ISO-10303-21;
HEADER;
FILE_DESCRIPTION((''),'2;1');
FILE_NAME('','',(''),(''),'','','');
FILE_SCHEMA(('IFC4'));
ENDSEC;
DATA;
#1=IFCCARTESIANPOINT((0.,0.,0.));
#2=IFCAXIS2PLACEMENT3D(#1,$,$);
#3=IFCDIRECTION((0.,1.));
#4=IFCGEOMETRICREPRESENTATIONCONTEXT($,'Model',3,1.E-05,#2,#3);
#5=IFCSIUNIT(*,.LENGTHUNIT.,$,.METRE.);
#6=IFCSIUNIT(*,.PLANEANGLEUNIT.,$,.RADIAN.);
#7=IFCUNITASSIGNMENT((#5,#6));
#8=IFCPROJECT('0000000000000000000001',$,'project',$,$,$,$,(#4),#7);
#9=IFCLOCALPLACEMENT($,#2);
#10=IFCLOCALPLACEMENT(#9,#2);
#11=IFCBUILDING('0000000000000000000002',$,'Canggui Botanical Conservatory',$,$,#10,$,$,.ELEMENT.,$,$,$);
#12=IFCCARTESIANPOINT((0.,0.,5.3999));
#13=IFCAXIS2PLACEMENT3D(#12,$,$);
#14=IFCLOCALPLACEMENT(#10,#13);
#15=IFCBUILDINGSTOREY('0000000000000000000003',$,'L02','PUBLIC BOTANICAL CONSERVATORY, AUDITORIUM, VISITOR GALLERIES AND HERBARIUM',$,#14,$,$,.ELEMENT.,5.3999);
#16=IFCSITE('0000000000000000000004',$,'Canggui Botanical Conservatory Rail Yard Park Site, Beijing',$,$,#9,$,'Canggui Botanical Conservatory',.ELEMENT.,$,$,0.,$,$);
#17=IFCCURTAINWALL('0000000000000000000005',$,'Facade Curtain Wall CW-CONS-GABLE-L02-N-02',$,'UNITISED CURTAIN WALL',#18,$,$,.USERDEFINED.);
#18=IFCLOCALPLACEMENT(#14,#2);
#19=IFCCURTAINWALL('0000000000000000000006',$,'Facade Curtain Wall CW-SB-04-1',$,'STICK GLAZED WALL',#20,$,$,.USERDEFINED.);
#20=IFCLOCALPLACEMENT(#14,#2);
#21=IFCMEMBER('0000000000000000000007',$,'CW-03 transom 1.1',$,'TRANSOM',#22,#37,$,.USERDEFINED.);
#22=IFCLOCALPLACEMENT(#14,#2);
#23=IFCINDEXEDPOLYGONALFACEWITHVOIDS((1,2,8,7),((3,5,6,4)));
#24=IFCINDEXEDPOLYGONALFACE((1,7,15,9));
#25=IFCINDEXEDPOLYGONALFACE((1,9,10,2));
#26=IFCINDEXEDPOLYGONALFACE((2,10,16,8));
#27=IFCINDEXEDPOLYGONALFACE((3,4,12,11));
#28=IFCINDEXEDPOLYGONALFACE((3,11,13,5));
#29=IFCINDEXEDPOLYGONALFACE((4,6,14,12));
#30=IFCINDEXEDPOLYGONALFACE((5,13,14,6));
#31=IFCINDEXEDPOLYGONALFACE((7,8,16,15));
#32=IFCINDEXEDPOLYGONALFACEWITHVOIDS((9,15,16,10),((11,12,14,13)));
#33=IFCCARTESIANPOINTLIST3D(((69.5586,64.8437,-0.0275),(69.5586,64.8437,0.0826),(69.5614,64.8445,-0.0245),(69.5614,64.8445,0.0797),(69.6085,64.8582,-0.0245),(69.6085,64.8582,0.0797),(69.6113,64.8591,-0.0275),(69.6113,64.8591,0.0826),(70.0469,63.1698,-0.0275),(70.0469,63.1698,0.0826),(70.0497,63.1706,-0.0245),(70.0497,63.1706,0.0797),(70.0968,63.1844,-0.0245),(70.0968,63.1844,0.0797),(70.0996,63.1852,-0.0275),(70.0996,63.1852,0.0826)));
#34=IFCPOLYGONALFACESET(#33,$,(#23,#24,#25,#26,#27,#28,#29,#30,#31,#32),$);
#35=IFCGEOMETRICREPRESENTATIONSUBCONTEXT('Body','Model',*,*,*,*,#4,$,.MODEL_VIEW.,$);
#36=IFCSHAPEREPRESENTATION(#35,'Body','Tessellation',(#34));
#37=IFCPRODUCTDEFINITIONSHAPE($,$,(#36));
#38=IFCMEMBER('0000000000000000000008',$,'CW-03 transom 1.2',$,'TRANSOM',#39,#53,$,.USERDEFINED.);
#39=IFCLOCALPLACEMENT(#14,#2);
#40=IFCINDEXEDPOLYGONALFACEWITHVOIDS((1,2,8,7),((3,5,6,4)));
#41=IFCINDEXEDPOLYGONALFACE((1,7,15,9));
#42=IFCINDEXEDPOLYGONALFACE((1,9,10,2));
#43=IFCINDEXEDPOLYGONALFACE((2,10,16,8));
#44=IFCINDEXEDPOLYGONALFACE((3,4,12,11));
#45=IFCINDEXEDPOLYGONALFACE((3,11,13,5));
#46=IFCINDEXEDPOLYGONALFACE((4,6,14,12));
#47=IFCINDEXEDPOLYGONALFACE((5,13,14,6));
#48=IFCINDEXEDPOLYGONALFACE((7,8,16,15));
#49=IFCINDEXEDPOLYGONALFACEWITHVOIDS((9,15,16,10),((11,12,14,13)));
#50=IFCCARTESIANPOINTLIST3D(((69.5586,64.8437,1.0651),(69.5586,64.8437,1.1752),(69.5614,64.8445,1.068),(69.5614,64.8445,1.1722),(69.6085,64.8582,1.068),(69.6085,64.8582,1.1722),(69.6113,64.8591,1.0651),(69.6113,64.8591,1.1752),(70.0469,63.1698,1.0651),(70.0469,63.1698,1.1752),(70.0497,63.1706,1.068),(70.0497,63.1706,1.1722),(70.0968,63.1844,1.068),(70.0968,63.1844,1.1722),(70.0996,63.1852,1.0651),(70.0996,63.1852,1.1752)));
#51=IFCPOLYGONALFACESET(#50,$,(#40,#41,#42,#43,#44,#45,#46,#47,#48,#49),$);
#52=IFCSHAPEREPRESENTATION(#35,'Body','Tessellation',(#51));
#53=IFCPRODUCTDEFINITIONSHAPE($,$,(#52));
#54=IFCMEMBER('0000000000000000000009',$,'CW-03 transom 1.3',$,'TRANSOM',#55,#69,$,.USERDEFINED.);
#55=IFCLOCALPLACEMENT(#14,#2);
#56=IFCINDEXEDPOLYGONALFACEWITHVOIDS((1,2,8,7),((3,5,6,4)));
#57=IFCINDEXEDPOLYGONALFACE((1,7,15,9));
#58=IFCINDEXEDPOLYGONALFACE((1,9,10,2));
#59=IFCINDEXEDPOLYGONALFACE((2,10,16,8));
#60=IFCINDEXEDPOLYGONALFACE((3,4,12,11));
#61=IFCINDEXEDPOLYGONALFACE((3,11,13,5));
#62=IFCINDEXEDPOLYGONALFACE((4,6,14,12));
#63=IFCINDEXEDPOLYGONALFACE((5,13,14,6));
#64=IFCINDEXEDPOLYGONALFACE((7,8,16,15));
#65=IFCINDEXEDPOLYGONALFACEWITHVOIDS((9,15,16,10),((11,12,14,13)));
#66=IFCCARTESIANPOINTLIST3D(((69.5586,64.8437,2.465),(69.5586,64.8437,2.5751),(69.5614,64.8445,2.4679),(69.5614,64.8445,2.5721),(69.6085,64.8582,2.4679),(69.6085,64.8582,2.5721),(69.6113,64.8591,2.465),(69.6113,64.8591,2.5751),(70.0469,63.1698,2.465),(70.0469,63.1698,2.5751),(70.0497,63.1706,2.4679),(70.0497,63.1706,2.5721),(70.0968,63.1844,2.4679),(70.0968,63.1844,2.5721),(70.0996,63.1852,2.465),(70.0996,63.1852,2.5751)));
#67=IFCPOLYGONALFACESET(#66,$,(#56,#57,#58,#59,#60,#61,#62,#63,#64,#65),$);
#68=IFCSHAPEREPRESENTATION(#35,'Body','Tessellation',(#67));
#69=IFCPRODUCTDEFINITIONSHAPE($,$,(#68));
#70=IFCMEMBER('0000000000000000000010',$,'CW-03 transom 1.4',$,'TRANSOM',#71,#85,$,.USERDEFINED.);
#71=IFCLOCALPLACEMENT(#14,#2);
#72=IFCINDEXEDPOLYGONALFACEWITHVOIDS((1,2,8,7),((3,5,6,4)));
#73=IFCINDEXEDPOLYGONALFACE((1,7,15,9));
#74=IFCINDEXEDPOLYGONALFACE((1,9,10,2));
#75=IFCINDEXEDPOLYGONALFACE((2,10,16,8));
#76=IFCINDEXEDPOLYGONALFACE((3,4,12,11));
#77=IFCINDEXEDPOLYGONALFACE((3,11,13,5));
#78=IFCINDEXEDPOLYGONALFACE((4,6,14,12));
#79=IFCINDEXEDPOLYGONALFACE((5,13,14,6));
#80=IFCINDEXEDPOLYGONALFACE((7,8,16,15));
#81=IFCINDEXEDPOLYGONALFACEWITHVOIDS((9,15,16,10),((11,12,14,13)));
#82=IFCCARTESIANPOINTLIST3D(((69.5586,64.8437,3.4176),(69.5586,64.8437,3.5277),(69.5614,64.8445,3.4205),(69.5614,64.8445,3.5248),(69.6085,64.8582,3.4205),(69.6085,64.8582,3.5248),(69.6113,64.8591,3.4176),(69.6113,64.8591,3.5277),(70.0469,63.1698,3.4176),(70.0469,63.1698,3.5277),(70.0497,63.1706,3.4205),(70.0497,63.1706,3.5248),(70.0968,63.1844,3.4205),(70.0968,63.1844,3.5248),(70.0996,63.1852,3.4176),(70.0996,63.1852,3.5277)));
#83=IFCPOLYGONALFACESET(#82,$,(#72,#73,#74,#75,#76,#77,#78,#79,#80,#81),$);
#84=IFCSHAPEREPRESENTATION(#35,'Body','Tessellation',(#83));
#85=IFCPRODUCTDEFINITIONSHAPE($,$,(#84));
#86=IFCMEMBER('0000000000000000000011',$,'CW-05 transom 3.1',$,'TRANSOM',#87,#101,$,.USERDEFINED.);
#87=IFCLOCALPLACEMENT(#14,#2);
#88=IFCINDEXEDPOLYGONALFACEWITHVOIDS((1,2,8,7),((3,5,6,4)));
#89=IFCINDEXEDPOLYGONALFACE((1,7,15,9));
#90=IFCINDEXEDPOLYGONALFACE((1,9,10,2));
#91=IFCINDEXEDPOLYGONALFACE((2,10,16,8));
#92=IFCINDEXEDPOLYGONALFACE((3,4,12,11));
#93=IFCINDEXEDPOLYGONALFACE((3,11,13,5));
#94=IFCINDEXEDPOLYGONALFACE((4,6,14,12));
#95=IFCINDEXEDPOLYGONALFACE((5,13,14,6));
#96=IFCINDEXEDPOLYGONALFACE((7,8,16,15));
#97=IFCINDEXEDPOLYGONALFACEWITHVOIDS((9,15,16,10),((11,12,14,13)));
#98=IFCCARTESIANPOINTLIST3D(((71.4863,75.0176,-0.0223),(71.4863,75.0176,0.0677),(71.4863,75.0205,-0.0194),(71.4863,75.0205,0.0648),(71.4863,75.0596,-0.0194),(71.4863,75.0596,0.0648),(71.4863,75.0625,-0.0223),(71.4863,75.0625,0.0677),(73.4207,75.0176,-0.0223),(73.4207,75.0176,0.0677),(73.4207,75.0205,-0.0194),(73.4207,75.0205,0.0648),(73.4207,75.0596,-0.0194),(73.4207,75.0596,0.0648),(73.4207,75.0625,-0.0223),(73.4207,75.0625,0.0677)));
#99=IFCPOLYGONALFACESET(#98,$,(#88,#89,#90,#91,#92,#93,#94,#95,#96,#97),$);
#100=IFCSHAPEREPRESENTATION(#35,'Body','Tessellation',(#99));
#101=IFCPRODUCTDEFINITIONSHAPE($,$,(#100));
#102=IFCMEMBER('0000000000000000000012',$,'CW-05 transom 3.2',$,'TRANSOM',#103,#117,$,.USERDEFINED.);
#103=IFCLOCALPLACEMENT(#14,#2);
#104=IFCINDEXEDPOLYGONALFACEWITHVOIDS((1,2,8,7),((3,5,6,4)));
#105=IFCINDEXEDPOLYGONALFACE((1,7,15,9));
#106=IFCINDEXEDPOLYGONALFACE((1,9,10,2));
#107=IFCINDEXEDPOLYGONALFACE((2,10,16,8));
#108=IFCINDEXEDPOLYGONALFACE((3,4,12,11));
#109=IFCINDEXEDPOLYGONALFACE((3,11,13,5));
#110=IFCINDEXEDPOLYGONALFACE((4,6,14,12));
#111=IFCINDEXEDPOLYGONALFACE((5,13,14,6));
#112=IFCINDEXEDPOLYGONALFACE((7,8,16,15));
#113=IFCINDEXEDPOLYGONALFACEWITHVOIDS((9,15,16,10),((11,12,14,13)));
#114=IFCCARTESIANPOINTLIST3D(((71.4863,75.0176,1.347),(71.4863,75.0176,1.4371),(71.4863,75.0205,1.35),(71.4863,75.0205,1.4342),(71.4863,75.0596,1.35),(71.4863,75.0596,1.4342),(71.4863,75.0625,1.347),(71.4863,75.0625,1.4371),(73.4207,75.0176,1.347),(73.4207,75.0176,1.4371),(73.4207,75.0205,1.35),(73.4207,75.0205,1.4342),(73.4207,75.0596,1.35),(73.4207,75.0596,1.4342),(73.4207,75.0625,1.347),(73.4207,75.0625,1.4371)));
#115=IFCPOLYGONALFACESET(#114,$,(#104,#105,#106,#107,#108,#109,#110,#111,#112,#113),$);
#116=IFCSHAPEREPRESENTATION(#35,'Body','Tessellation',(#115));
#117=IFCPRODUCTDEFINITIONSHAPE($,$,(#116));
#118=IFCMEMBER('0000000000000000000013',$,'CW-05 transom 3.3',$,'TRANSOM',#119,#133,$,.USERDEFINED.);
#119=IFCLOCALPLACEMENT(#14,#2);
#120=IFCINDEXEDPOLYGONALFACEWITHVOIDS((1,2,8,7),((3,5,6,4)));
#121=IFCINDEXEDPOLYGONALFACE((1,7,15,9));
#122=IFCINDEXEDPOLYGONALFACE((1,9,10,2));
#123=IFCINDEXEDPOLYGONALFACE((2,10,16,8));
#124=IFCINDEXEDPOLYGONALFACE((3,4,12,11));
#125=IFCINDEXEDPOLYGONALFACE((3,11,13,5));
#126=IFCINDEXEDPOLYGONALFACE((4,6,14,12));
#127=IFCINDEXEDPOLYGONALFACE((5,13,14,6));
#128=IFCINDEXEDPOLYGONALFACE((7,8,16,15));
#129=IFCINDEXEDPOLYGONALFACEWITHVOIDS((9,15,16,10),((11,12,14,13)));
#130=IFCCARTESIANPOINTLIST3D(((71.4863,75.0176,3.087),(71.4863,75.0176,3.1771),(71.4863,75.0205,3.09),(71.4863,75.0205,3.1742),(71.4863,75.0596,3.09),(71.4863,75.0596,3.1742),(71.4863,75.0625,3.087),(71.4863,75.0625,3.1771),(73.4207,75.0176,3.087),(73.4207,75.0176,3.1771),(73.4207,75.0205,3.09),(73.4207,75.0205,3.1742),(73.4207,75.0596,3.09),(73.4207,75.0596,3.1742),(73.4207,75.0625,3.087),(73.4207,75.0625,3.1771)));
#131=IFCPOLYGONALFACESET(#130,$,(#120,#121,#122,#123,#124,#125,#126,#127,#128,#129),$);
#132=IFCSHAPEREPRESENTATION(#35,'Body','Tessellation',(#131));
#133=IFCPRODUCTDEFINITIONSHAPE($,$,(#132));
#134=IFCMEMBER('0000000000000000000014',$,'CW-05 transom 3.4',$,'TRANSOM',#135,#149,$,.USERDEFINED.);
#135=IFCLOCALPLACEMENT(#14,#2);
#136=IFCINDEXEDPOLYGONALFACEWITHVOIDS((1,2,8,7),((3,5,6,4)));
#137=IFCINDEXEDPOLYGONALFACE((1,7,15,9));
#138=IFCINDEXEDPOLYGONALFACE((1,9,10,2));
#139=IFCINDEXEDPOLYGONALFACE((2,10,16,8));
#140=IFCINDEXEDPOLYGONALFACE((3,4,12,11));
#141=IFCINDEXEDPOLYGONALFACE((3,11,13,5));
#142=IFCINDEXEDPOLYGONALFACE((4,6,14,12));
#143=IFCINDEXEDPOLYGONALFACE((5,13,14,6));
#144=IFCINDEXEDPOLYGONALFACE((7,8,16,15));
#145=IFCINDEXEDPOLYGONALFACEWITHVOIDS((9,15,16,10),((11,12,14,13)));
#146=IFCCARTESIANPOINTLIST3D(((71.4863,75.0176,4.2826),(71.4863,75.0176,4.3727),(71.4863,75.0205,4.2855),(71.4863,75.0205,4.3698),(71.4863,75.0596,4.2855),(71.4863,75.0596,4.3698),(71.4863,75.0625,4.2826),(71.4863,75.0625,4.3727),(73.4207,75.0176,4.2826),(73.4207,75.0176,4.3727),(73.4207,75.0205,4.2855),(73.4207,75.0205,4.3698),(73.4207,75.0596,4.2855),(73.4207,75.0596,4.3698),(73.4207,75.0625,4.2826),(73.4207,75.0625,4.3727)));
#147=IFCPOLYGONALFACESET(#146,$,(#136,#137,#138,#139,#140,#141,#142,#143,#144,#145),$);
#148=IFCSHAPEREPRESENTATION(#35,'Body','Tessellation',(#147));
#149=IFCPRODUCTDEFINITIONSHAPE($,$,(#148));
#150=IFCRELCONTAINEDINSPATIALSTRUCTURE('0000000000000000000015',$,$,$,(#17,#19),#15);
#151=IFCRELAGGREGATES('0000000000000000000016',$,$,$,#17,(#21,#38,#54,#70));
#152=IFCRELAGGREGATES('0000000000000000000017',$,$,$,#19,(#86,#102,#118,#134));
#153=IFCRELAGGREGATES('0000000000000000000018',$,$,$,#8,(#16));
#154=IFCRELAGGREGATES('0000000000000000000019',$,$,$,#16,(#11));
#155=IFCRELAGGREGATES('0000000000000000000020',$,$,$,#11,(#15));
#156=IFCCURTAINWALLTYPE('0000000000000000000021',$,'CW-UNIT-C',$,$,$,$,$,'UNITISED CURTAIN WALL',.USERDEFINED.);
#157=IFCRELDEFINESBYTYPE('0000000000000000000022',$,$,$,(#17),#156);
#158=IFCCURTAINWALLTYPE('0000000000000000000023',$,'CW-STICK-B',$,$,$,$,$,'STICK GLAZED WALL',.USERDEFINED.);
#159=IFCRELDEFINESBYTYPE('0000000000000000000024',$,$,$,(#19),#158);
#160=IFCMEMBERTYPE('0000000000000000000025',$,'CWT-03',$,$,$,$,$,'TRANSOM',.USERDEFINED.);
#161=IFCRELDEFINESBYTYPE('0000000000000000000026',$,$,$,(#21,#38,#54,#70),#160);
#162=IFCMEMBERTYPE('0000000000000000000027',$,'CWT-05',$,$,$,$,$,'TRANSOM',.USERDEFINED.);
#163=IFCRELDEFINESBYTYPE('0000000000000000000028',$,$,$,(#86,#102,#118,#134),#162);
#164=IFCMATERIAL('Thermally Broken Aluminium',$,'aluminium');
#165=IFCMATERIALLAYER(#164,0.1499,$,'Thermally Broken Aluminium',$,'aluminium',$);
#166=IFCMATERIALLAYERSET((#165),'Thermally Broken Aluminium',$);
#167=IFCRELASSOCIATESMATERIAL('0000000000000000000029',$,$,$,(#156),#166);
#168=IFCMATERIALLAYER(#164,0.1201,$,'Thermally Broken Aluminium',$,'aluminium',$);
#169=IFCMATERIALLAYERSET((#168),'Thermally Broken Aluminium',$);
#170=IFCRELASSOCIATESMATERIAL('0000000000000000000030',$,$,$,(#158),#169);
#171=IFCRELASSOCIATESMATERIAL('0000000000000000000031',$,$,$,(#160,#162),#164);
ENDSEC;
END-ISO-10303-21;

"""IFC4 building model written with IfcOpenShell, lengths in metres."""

from ifc_helpers import new_model, si_unit, direction, frame, origin, origin_2d, place, context, subcontext, project, spatial, hollow_rectangle, extrude, material, layer, layer_set, material_profile, profile_set, type_object, element, aggregate, save


model = new_model("IFC4")

# Units and contexts
model_context = context("Model", 3, precision=1e-05, world=origin(), true_north=direction((0.0, 1.0)))
body_context = subcontext(model_context, "Body", "Model", "MODEL_VIEW")
ifc_project = project(units=[si_unit("LENGTHUNIT", "METRE"), si_unit("PLANEANGLEUNIT", "RADIAN")], contexts=[model_context])

# Site, building, storey
site_placement = place(None, origin())
site = spatial("IfcSite", under=ifc_project, at=site_placement, Name="Canggui Botanical Conservatory Rail Yard Park Site, Beijing", LongName="Canggui Botanical Conservatory", CompositionType="ELEMENT", RefElevation=0.0)
building_placement = place(site_placement, origin())
building = spatial("IfcBuilding", under=site, at=building_placement, Name="Canggui Botanical Conservatory", CompositionType="ELEMENT")
storey_placement = place(building_placement, frame((0.0, 0.0, 5.3999)))
storey = spatial("IfcBuildingStorey", under=building, at=storey_placement, Name="L02", Description="PUBLIC BOTANICAL CONSERVATORY, AUDITORIUM, VISITOR GALLERIES AND HERBARIUM", CompositionType="ELEMENT", Elevation=5.3999)

# Shared definitions
ifc_material_1 = material(Name="Thermally Broken Aluminium", Category="aluminium")
ifc_layer_1 = layer(ifc_material_1, 0.1499, Name="Thermally Broken Aluminium", Category="aluminium")
ifc_layer_set_1 = layer_set([ifc_layer_1], Name="Thermally Broken Aluminium")
curtain_wall_type_1 = type_object("IfcCurtainWallType", Name="CW-UNIT-C", ElementType="UNITISED CURTAIN WALL", PredefinedType="USERDEFINED", material=ifc_layer_set_1)

# Curtain wall
curtain_wall_1_placement = place(storey_placement, origin())
curtain_wall_1 = element("IfcCurtainWall", 1, at=curtain_wall_1_placement, inside=storey, type_object=curtain_wall_type_1, Name="Facade Curtain Wall CW-CONS-GABLE-L02-N-02", ObjectType="UNITISED CURTAIN WALL", PredefinedType="USERDEFINED")

# Curtain wall
ifc_layer_2 = layer(ifc_material_1, 0.1201, Name="Thermally Broken Aluminium", Category="aluminium")
ifc_layer_set_2 = layer_set([ifc_layer_2], Name="Thermally Broken Aluminium")
curtain_wall_type_2 = type_object("IfcCurtainWallType", Name="CW-STICK-B", ElementType="STICK GLAZED WALL", PredefinedType="USERDEFINED", material=ifc_layer_set_2)
curtain_wall_2_placement = place(storey_placement, origin())
curtain_wall_2 = element("IfcCurtainWall", 2, at=curtain_wall_2_placement, inside=storey, type_object=curtain_wall_type_2, Name="Facade Curtain Wall CW-SB-04-1", ObjectType="STICK GLAZED WALL", PredefinedType="USERDEFINED")

# Members
ifc_material_profile_1 = material_profile(ifc_material_1, hollow_rectangle(XDim=0.0549, YDim=0.1101, WallThickness=0.0029, at=origin_2d()), Name="CWT 55x110x3")
ifc_profile_set_1 = profile_set([ifc_material_profile_1], Name="Thermally Broken Aluminium")
member_type_1 = type_object("IfcMemberType", Name="CWT-03", ElementType="TRANSOM", PredefinedType="USERDEFINED", material=ifc_profile_set_1)
member_1_placement = place(storey_placement, frame((70.0732, 63.1775, 0.0276), z_axis=(-0.280043, 0.959987, 0.0), x_axis=(-0.959987, -0.280043, 0.0)))
member_1 = element("IfcMember", 3, at=member_1_placement, type_object=member_type_1, Name="CW-03 transom 1.1", ObjectType="TRANSOM", PredefinedType="USERDEFINED", context=body_context, shape_type="SweptSolid", body=[
    extrude(hollow_rectangle(XDim=0.0549, YDim=0.1101, WallThickness=0.0029, at=origin_2d()), origin(), (0.0, 0.0, 1.0), 1.7437),
])
member_2_placement = place(storey_placement, frame((70.0732, 63.1775, 1.1201), z_axis=(-0.280043, 0.959987, 0.0), x_axis=(-0.959987, -0.280043, 0.0)))
member_2 = element("IfcMember", 4, at=member_2_placement, type_object=member_type_1, Name="CW-03 transom 1.2", ObjectType="TRANSOM", PredefinedType="USERDEFINED", context=body_context, shape_type="SweptSolid", body=[
    extrude(hollow_rectangle(XDim=0.0549, YDim=0.1101, WallThickness=0.0029, at=origin_2d()), origin(), (0.0, 0.0, 1.0), 1.7437),
])
member_3_placement = place(storey_placement, frame((70.0732, 63.1775, 2.52), z_axis=(-0.280043, 0.959987, 0.0), x_axis=(-0.959987, -0.280043, 0.0)))
member_3 = element("IfcMember", 5, at=member_3_placement, type_object=member_type_1, Name="CW-03 transom 1.3", ObjectType="TRANSOM", PredefinedType="USERDEFINED", context=body_context, shape_type="SweptSolid", body=[
    extrude(hollow_rectangle(XDim=0.0549, YDim=0.1101, WallThickness=0.0029, at=origin_2d()), origin(), (0.0, 0.0, 1.0), 1.7437),
])
member_4_placement = place(storey_placement, frame((70.0732, 63.1775, 3.4727), z_axis=(-0.280043, 0.959987, 0.0), x_axis=(-0.959987, -0.280043, 0.0)))
member_4 = element("IfcMember", 6, at=member_4_placement, type_object=member_type_1, Name="CW-03 transom 1.4", ObjectType="TRANSOM", PredefinedType="USERDEFINED", context=body_context, shape_type="SweptSolid", body=[
    extrude(hollow_rectangle(XDim=0.0549, YDim=0.1101, WallThickness=0.0029, at=origin_2d()), origin(), (0.0, 0.0, 1.0), 1.7437),
])
ifc_material_profile_2 = material_profile(ifc_material_1, hollow_rectangle(XDim=0.0449, YDim=0.0901, WallThickness=0.0029, at=origin_2d()), Name="CWT 45x90x3")
ifc_profile_set_2 = profile_set([ifc_material_profile_2], Name="Thermally Broken Aluminium")
member_type_2 = type_object("IfcMemberType", Name="CWT-05", ElementType="TRANSOM", PredefinedType="USERDEFINED", material=ifc_profile_set_2)
member_5_placement = place(storey_placement, frame((71.4863, 75.04, 0.0227), z_axis=(1.0, 0.0, 0.0), x_axis=(0.0, 1.0, 0.0)))
member_5 = element("IfcMember", 7, at=member_5_placement, type_object=member_type_2, Name="CW-05 transom 3.1", ObjectType="TRANSOM", PredefinedType="USERDEFINED", context=body_context, shape_type="SweptSolid", body=[
    extrude(hollow_rectangle(XDim=0.0449, YDim=0.0901, WallThickness=0.0029, at=origin_2d()), origin(), (0.0, 0.0, 1.0), 1.9343),
])
member_6_placement = place(storey_placement, frame((71.4863, 75.04, 1.3921), z_axis=(1.0, 0.0, 0.0), x_axis=(0.0, 1.0, 0.0)))
member_6 = element("IfcMember", 8, at=member_6_placement, type_object=member_type_2, Name="CW-05 transom 3.2", ObjectType="TRANSOM", PredefinedType="USERDEFINED", context=body_context, shape_type="SweptSolid", body=[
    extrude(hollow_rectangle(XDim=0.0449, YDim=0.0901, WallThickness=0.0029, at=origin_2d()), origin(), (0.0, 0.0, 1.0), 1.9343),
])
member_7_placement = place(storey_placement, frame((71.4863, 75.04, 3.1321), z_axis=(1.0, 0.0, 0.0), x_axis=(0.0, 1.0, 0.0)))
member_7 = element("IfcMember", 9, at=member_7_placement, type_object=member_type_2, Name="CW-05 transom 3.3", ObjectType="TRANSOM", PredefinedType="USERDEFINED", context=body_context, shape_type="SweptSolid", body=[
    extrude(hollow_rectangle(XDim=0.0449, YDim=0.0901, WallThickness=0.0029, at=origin_2d()), origin(), (0.0, 0.0, 1.0), 1.9343),
])
member_8_placement = place(storey_placement, frame((71.4863, 75.04, 4.3276), z_axis=(1.0, 0.0, 0.0), x_axis=(0.0, 1.0, 0.0)))
member_8 = element("IfcMember", 10, at=member_8_placement, type_object=member_type_2, Name="CW-05 transom 3.4", ObjectType="TRANSOM", PredefinedType="USERDEFINED", context=body_context, shape_type="SweptSolid", body=[
    extrude(hollow_rectangle(XDim=0.0449, YDim=0.0901, WallThickness=0.0029, at=origin_2d()), origin(), (0.0, 0.0, 1.0), 1.9343),
])

aggregate(curtain_wall_1, [member_1, member_2, member_3, member_4])
aggregate(curtain_wall_2, [member_5, member_6, member_7, member_8])

save(model, "model.ifc")
